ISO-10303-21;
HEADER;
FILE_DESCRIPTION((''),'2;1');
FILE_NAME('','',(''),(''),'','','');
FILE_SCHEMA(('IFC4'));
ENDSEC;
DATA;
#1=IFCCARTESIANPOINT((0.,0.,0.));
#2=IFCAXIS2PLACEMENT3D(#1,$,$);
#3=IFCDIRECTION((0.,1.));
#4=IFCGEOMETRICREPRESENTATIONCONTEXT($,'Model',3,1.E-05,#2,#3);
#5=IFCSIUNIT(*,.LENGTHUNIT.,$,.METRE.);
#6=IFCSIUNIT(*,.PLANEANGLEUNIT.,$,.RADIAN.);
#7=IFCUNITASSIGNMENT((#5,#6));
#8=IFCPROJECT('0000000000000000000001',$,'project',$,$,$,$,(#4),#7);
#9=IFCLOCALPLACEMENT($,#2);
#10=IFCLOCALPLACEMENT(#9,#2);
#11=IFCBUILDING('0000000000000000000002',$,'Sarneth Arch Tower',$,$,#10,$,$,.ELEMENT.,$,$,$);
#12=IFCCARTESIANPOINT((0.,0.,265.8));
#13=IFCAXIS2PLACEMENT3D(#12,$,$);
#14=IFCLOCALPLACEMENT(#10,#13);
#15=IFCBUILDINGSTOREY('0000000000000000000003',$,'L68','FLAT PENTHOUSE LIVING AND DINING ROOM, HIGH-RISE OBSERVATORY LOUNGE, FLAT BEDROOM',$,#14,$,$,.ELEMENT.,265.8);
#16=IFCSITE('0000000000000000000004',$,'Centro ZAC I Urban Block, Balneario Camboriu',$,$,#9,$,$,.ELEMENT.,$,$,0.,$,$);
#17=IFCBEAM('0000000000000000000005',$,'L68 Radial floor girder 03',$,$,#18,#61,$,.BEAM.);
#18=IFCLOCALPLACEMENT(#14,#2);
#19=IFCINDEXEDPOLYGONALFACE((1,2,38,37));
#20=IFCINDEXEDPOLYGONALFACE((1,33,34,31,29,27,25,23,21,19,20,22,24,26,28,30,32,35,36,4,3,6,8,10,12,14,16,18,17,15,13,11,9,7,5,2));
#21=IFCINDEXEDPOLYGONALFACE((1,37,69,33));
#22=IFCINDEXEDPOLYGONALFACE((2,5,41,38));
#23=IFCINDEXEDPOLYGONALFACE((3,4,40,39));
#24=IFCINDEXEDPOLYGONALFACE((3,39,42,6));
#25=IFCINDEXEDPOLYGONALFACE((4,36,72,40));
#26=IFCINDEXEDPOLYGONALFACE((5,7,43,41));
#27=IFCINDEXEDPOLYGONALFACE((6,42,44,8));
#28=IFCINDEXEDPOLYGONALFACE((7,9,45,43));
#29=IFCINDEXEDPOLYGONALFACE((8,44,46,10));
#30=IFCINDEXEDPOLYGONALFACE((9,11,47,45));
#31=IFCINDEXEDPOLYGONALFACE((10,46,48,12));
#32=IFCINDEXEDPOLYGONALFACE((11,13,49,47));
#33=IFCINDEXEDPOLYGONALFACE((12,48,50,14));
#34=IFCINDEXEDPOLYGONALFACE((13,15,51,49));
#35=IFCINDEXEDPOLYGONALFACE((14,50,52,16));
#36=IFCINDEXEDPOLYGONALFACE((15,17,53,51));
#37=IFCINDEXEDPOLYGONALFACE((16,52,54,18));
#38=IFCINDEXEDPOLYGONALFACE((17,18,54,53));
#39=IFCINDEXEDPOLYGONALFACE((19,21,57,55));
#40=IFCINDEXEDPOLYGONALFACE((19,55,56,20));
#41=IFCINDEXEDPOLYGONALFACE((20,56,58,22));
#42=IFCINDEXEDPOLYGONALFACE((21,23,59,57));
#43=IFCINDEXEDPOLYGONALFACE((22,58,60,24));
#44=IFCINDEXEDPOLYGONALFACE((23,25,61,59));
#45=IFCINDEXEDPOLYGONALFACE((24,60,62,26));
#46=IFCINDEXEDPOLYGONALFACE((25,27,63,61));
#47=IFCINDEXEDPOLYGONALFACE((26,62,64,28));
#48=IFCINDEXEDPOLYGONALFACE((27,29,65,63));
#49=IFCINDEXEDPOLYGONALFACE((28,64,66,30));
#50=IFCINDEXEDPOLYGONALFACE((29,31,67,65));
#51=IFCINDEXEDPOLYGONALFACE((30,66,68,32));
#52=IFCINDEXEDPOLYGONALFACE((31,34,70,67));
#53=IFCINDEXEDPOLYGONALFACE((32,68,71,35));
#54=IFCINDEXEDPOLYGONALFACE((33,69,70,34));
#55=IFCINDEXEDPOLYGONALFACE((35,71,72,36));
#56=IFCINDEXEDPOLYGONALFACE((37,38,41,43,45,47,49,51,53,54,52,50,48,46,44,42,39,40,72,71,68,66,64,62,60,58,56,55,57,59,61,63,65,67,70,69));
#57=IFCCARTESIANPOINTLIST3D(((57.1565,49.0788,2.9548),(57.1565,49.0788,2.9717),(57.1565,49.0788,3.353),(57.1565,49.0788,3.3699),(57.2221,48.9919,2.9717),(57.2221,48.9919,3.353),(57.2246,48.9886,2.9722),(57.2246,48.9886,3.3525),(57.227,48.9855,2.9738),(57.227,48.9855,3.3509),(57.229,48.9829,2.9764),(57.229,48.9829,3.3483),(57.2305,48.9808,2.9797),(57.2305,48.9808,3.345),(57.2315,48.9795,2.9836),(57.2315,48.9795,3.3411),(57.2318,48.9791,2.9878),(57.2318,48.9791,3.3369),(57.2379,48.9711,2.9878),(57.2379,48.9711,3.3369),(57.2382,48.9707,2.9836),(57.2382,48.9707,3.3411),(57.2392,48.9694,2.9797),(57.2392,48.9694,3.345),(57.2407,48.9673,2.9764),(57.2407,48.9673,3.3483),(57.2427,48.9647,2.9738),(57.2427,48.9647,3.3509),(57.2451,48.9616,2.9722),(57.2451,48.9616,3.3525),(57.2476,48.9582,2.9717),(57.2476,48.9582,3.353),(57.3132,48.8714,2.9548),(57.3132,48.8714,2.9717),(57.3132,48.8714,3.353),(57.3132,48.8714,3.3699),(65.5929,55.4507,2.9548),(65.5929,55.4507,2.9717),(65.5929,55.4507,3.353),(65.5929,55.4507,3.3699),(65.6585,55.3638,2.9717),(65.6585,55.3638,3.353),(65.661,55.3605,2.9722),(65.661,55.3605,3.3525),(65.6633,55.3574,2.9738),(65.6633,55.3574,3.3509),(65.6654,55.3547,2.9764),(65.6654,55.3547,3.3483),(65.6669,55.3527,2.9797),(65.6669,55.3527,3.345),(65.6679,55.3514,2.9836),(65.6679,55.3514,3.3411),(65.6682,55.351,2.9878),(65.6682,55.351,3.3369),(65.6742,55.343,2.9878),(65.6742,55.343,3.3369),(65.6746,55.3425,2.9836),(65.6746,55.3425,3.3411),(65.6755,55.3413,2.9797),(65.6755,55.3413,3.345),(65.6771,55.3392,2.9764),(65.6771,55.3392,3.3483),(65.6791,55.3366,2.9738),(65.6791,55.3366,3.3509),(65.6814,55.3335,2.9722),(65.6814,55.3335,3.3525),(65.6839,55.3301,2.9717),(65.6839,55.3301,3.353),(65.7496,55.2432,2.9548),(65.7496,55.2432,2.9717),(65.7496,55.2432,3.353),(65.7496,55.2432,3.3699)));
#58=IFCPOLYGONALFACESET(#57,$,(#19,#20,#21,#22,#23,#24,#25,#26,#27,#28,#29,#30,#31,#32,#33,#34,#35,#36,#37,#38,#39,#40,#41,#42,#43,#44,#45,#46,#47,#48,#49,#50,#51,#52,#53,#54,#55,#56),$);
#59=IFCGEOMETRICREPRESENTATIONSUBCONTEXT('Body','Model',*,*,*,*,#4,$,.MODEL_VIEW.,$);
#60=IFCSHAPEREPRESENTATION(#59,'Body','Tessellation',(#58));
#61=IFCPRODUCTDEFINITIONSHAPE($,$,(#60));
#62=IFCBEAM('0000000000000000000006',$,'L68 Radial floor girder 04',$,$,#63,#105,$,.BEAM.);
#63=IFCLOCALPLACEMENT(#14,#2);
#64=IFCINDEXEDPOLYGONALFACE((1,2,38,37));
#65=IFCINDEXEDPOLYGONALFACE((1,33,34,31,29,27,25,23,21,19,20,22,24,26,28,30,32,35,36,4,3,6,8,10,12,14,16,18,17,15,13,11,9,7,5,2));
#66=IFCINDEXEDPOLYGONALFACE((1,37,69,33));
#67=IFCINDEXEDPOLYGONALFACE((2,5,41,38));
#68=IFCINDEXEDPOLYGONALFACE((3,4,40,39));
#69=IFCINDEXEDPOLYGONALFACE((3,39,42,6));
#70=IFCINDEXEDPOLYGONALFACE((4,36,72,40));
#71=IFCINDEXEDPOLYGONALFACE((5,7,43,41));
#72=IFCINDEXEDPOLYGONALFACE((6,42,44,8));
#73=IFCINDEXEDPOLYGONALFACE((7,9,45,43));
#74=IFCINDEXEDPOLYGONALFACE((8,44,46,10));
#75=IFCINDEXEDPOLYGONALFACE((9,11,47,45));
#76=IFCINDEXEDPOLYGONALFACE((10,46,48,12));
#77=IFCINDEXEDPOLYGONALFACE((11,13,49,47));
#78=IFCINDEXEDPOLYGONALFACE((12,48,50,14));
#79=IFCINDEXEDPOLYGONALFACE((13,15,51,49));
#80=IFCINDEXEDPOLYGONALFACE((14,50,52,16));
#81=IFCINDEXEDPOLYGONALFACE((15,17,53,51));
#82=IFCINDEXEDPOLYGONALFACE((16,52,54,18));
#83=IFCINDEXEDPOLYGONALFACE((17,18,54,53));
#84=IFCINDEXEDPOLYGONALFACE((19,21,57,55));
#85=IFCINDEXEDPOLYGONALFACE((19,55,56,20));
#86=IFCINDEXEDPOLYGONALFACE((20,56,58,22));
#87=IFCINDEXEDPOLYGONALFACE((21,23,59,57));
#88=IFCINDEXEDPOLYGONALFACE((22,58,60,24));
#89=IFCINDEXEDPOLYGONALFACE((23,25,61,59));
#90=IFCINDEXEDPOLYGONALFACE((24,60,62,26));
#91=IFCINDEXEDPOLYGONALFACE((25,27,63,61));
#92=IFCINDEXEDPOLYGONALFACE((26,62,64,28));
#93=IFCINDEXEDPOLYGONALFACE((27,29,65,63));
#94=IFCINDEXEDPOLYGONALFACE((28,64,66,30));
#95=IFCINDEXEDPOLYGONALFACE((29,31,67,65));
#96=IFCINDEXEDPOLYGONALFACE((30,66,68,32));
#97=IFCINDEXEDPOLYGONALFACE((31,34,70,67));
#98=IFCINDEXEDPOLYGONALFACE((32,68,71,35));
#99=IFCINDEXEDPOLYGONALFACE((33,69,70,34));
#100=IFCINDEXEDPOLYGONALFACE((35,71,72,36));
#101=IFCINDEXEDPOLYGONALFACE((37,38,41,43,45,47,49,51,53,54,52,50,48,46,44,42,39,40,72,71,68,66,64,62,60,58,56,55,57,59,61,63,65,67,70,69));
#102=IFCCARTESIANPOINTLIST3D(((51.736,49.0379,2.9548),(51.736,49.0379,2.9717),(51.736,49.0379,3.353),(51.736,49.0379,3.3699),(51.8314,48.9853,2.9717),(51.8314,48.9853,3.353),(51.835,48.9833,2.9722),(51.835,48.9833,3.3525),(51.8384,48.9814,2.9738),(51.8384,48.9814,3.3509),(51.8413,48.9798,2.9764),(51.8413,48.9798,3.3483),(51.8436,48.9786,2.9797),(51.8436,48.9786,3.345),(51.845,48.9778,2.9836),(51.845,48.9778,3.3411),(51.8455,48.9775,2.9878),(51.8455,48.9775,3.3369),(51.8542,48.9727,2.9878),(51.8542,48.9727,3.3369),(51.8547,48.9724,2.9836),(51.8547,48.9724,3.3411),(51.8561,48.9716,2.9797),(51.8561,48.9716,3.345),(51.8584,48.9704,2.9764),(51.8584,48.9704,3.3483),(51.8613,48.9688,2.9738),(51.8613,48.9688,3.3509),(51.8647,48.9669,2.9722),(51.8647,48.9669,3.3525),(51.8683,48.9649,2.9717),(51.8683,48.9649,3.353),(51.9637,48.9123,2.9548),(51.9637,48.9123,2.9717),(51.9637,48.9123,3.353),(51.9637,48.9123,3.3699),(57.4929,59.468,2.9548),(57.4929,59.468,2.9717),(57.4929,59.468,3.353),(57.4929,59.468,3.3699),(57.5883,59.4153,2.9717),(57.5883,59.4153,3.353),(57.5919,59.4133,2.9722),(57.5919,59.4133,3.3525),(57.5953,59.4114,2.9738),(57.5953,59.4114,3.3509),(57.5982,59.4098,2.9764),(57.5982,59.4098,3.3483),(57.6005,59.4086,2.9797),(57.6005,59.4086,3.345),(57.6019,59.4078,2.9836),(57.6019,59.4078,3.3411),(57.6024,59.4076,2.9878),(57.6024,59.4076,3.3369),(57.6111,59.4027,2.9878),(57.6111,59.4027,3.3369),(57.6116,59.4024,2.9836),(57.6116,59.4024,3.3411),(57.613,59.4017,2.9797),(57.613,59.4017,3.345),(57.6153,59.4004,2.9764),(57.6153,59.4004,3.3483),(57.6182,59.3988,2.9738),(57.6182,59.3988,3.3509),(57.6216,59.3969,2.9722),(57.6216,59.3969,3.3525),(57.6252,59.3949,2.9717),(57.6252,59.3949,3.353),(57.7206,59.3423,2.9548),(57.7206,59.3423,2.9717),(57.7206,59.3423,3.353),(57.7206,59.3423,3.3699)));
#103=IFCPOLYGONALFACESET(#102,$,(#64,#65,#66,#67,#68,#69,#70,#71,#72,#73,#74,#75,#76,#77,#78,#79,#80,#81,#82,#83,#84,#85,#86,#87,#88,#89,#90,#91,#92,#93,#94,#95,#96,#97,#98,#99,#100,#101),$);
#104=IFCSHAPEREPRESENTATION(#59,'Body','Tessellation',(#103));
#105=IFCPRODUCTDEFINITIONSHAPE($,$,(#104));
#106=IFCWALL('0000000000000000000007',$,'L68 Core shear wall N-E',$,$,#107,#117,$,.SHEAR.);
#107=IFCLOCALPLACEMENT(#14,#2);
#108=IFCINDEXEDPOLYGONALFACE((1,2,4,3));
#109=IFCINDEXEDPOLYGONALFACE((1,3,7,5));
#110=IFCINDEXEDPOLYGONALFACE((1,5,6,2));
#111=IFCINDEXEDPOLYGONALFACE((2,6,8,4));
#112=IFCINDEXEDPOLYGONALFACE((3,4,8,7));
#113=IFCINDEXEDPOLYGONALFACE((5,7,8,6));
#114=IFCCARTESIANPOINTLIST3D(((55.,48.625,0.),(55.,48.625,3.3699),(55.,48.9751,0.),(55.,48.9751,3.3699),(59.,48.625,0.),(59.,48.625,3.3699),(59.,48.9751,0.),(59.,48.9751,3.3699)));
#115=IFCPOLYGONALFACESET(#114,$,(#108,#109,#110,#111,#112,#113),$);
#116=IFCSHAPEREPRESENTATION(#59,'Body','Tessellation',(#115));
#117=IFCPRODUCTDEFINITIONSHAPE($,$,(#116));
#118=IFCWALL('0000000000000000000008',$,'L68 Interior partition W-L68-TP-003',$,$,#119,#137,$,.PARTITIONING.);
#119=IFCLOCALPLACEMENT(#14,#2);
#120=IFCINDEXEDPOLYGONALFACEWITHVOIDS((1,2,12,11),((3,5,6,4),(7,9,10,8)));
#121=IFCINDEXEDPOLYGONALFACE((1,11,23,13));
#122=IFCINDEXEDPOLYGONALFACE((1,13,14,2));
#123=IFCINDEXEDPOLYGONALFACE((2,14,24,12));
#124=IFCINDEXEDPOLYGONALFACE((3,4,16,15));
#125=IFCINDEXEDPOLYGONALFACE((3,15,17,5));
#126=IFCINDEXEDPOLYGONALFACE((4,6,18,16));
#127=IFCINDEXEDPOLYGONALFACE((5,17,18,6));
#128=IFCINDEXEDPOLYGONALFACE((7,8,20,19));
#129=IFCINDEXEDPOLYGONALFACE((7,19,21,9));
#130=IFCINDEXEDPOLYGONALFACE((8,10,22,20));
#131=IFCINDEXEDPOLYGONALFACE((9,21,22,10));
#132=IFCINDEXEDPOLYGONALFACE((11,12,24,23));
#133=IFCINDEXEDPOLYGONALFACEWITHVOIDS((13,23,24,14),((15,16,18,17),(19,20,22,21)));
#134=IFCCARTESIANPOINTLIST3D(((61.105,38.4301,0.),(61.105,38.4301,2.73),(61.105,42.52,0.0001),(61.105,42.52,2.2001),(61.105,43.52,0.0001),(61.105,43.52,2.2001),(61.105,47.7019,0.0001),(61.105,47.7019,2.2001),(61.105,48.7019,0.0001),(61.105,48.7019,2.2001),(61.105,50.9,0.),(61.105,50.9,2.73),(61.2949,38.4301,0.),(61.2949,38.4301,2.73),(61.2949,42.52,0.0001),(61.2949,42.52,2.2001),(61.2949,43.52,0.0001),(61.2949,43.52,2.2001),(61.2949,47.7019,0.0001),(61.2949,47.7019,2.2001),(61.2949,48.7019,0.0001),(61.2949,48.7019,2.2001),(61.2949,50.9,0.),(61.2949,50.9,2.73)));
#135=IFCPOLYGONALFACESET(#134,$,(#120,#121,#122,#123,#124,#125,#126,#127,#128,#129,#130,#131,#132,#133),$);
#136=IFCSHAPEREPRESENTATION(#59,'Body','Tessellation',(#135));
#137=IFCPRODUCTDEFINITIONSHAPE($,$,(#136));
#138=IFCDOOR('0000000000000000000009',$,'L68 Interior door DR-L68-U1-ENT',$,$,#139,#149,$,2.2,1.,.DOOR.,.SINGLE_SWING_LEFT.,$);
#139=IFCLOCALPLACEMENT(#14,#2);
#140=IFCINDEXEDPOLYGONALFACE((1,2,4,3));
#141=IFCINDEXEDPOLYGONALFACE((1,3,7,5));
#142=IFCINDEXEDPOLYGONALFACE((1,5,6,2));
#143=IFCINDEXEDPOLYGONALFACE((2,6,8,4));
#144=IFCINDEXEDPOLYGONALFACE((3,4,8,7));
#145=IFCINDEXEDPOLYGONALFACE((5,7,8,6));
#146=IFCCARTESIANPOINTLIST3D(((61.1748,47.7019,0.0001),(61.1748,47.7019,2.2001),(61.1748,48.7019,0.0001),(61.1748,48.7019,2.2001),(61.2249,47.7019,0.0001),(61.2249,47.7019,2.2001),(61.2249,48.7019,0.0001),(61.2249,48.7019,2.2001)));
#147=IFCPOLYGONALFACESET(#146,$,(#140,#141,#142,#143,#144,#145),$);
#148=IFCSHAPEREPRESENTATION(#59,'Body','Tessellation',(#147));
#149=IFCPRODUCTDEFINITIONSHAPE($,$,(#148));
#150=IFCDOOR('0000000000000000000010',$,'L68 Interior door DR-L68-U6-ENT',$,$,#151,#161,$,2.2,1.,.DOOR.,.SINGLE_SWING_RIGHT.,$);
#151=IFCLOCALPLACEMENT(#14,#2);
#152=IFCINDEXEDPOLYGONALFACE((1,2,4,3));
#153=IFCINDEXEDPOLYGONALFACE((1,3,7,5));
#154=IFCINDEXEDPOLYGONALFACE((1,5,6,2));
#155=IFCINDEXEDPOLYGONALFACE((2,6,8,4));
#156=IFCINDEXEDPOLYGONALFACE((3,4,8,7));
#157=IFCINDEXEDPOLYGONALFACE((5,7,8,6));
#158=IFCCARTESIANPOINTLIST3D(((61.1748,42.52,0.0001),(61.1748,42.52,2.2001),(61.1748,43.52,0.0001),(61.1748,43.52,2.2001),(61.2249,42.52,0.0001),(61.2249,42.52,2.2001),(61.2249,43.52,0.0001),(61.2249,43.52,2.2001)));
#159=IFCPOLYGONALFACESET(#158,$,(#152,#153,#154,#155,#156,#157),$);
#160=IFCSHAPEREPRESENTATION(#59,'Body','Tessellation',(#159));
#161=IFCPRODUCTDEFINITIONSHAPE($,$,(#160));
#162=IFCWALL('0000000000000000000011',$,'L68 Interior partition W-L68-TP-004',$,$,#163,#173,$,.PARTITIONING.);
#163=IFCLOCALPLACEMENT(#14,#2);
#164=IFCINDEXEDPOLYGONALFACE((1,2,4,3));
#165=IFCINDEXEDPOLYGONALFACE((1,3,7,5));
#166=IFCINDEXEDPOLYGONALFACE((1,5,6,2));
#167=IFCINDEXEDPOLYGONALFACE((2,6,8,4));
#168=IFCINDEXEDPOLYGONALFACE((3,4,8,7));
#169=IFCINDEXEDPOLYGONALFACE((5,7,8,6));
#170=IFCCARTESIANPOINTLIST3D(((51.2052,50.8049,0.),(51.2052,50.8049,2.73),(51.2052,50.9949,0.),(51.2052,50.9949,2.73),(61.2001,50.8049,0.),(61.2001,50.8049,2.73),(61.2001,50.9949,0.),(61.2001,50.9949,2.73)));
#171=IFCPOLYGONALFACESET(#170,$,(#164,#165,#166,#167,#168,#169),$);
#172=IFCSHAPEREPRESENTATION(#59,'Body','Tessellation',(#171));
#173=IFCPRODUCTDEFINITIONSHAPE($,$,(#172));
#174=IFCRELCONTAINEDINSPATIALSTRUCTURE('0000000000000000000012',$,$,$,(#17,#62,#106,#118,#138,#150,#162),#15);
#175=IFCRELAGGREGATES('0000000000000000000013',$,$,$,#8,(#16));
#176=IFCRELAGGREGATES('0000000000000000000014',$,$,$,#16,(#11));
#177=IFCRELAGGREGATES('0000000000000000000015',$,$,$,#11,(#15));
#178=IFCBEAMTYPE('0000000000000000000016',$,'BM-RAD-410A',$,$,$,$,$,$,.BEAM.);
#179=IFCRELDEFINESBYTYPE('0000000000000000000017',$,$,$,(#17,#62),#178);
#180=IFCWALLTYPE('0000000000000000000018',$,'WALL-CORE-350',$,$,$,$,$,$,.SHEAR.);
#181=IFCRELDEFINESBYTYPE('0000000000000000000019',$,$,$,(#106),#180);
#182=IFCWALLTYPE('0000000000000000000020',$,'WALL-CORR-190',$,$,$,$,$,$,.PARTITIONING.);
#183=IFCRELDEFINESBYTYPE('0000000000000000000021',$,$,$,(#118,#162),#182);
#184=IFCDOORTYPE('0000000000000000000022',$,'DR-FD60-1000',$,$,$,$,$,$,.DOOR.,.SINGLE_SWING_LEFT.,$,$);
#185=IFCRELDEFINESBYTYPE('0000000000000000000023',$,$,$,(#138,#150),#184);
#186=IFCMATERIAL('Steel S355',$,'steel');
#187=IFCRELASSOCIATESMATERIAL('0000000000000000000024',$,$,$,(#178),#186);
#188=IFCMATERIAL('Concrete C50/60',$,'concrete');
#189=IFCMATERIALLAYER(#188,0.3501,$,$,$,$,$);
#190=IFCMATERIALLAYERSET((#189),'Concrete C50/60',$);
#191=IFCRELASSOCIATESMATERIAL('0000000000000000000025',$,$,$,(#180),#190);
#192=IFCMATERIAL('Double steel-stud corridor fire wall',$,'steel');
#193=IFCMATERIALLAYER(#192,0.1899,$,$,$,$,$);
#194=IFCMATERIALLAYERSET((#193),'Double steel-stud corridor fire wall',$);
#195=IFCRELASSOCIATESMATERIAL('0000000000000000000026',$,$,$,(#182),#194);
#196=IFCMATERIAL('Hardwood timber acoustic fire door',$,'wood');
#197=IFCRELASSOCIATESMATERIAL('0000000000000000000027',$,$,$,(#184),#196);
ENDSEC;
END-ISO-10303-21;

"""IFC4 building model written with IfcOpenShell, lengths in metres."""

from ifc_helpers import new_model, si_unit, direction, frame, frame_2d, origin, origin_2d, place, context, subcontext, project, spatial, rectangle, i_section, extrude, material, layer, layer_set, material_profile, profile_set, type_object, element, fill, save


model = new_model("IFC4")

# Units and contexts
model_context = context("Model", 3, precision=1e-05, world=origin(), true_north=direction((0.0, 1.0)))
body_context = subcontext(model_context, "Body", "Model", "MODEL_VIEW")
ifc_project = project(units=[si_unit("LENGTHUNIT", "METRE"), si_unit("PLANEANGLEUNIT", "RADIAN")], contexts=[model_context])

# Site, building, storey
site_placement = place(None, origin())
site = spatial("IfcSite", under=ifc_project, at=site_placement, Name="Centro ZAC I Urban Block, Balneario Camboriu", CompositionType="ELEMENT", RefElevation=0.0)
building_placement = place(site_placement, origin())
building = spatial("IfcBuilding", under=site, at=building_placement, Name="Sarneth Arch Tower", CompositionType="ELEMENT")
storey_placement = place(building_placement, frame((0.0, 0.0, 265.8)))
storey = spatial("IfcBuildingStorey", under=building, at=storey_placement, Name="L68", Description="FLAT PENTHOUSE LIVING AND DINING ROOM, HIGH-RISE OBSERVATORY LOUNGE, FLAT BEDROOM", CompositionType="ELEMENT", Elevation=265.8)

# Beams
ifc_material_1 = material(Name="Steel S355", Category="steel")
ifc_material_profile_1 = material_profile(ifc_material_1, i_section(OverallWidth=0.26, OverallDepth=0.415, WebThickness=0.01, FlangeThickness=0.0168, FilletRadius=0.0161, at=origin_2d()), Name="W410x100")
ifc_profile_set_1 = profile_set([ifc_material_profile_1], Name="Steel S355")
beam_type_1 = type_object("IfcBeamType", Name="BM-RAD-410A", PredefinedType="BEAM", material=ifc_profile_set_1)
beam_1_placement = place(storey_placement, frame((57.2349, 48.9751, 3.1624), z_axis=(0.79797, 0.602698, 0.0), x_axis=(-0.602698, 0.79797, 0.0)))
element("IfcBeam", 1, at=beam_1_placement, inside=storey, type_object=beam_type_1, Name="L68 Radial floor girder 03", PredefinedType="BEAM", context=body_context, shape_type="SweptSolid", body=[
    extrude(i_section(OverallWidth=0.26, OverallDepth=0.415, WebThickness=0.01, FlangeThickness=0.0168, FilletRadius=0.0161, at=origin_2d()), origin(), (0.0, 0.0, 1.0), 10.5723),
])
beam_2_placement = place(storey_placement, frame((51.8499, 48.9751, 3.1624), z_axis=(0.483231, 0.875493, 0.0), x_axis=(-0.875493, 0.483231, 0.0)))
element("IfcBeam", 2, at=beam_2_placement, inside=storey, type_object=beam_type_1, Name="L68 Radial floor girder 04", PredefinedType="BEAM", context=body_context, shape_type="SweptSolid", body=[
    extrude(i_section(OverallWidth=0.26, OverallDepth=0.415, WebThickness=0.01, FlangeThickness=0.0168, FilletRadius=0.0161, at=origin_2d()), origin(), (0.0, 0.0, 1.0), 11.9133),
])

# Wall
ifc_material_2 = material(Name="Concrete C50/60", Category="concrete")
ifc_layer_1 = layer(ifc_material_2, 0.3501)
ifc_layer_set_1 = layer_set([ifc_layer_1], Name="Concrete C50/60")
wall_type_1 = type_object("IfcWallType", Name="WALL-CORE-350", PredefinedType="SHEAR", material=ifc_layer_set_1)
wall_1_placement = place(storey_placement, frame((55.0, 48.8, 0.0), z_axis=(0.0, 0.0, 1.0), x_axis=(1.0, 0.0, 0.0)))
element("IfcWall", 3, at=wall_1_placement, inside=storey, type_object=wall_type_1, Name="L68 Core shear wall N-E", PredefinedType="SHEAR", context=body_context, shape_type="SweptSolid", body=[
    extrude(rectangle(XDim=4.0, YDim=0.3501, at=frame_2d((2.0, 0.0))), origin(), (0.0, 0.0, 1.0), 3.3699),
])

# Wall, openings, doors
ifc_material_3 = material(Name="Double steel-stud corridor fire wall", Category="steel")
ifc_layer_2 = layer(ifc_material_3, 0.1899)
ifc_layer_set_2 = layer_set([ifc_layer_2], Name="Double steel-stud corridor fire wall")
wall_type_2 = type_object("IfcWallType", Name="WALL-CORR-190", PredefinedType="PARTITIONING", material=ifc_layer_set_2)
wall_2_placement = place(storey_placement, frame((61.2, 50.8999, 0.0), z_axis=(0.0, 0.0, 1.0), x_axis=(0.0, -1.0, 0.0)))
wall_2 = element("IfcWall", 4, at=wall_2_placement, inside=storey, type_object=wall_type_2, Name="L68 Interior partition W-L68-TP-003", PredefinedType="PARTITIONING", context=body_context, shape_type="SweptSolid", body=[
    extrude(rectangle(XDim=12.47, YDim=0.1899, at=frame_2d((6.2349, 0.0))), origin(), (0.0, 0.0, 1.0), 2.73),
])
opening_1_placement = place(wall_2_placement, frame((2.198, 0.0, 0.0)))
opening_1 = element("IfcOpeningElement", 5, at=opening_1_placement, cuts=wall_2, PredefinedType="OPENING", context=body_context, shape_type="SweptSolid", body=[
    extrude(rectangle(XDim=1.0, YDim=2.2, at=frame_2d((0.5, 1.1001))), frame((0.0, 0.105, 0.0), z_axis=(0.0, -1.0, 0.0), x_axis=(1.0, 0.0, 0.0)), (0.0, 0.0, 1.0), 0.21),
])
opening_2_placement = place(wall_2_placement, frame((7.3799, 0.0, 0.0)))
opening_2 = element("IfcOpeningElement", 6, at=opening_2_placement, cuts=wall_2, PredefinedType="OPENING", context=body_context, shape_type="SweptSolid", body=[
    extrude(rectangle(XDim=1.0, YDim=2.2, at=frame_2d((0.5, 1.1001))), frame((0.0, 0.105, 0.0), z_axis=(0.0, -1.0, 0.0), x_axis=(1.0, 0.0, 0.0)), (0.0, 0.0, 1.0), 0.21),
])
ifc_material_4 = material(Name="Hardwood timber acoustic fire door", Category="wood")
door_type_1 = type_object("IfcDoorType", Name="DR-FD60-1000", OperationType="SINGLE_SWING_LEFT", PredefinedType="DOOR", material=ifc_material_4)
door_1_placement = place(opening_1_placement, origin())
door_1 = element("IfcDoor", 7, at=door_1_placement, inside=storey, type_object=door_type_1, Name="L68 Interior door DR-L68-U1-ENT", OperationType="SINGLE_SWING_LEFT", OverallHeight=2.2, OverallWidth=1.0, PredefinedType="DOOR", context=body_context, shape_type="SweptSolid", body=[
    extrude(rectangle(XDim=1.0, YDim=2.2, at=frame_2d((0.5, 1.1001))), frame((0.0, 0.0249, 0.0), z_axis=(0.0, -1.0, 0.0), x_axis=(1.0, 0.0, 0.0)), (0.0, 0.0, 1.0), 0.05),
])
fill(opening_1, door_1)
door_2_placement = place(opening_2_placement, origin())
door_2 = element("IfcDoor", 8, at=door_2_placement, inside=storey, type_object=door_type_1, Name="L68 Interior door DR-L68-U6-ENT", OperationType="SINGLE_SWING_RIGHT", OverallHeight=2.2, OverallWidth=1.0, PredefinedType="DOOR", context=body_context, shape_type="SweptSolid", body=[
    extrude(rectangle(XDim=1.0, YDim=2.2, at=frame_2d((0.5, 1.1001))), frame((0.0, 0.0249, 0.0), z_axis=(0.0, -1.0, 0.0), x_axis=(1.0, 0.0, 0.0)), (0.0, 0.0, 1.0), 0.05),
])
fill(opening_2, door_2)

# Wall
wall_3_placement = place(storey_placement, frame((51.2051, 50.8999, 0.0), z_axis=(0.0, 0.0, 1.0), x_axis=(1.0, 0.0, 0.0)))
element("IfcWall", 9, at=wall_3_placement, inside=storey, type_object=wall_type_2, Name="L68 Interior partition W-L68-TP-004", PredefinedType="PARTITIONING", context=body_context, shape_type="SweptSolid", body=[
    extrude(rectangle(XDim=9.9949, YDim=0.1899, at=frame_2d((4.9976, 0.0))), origin(), (0.0, 0.0, 1.0), 2.73),
])

save(model, "model.ifc")
